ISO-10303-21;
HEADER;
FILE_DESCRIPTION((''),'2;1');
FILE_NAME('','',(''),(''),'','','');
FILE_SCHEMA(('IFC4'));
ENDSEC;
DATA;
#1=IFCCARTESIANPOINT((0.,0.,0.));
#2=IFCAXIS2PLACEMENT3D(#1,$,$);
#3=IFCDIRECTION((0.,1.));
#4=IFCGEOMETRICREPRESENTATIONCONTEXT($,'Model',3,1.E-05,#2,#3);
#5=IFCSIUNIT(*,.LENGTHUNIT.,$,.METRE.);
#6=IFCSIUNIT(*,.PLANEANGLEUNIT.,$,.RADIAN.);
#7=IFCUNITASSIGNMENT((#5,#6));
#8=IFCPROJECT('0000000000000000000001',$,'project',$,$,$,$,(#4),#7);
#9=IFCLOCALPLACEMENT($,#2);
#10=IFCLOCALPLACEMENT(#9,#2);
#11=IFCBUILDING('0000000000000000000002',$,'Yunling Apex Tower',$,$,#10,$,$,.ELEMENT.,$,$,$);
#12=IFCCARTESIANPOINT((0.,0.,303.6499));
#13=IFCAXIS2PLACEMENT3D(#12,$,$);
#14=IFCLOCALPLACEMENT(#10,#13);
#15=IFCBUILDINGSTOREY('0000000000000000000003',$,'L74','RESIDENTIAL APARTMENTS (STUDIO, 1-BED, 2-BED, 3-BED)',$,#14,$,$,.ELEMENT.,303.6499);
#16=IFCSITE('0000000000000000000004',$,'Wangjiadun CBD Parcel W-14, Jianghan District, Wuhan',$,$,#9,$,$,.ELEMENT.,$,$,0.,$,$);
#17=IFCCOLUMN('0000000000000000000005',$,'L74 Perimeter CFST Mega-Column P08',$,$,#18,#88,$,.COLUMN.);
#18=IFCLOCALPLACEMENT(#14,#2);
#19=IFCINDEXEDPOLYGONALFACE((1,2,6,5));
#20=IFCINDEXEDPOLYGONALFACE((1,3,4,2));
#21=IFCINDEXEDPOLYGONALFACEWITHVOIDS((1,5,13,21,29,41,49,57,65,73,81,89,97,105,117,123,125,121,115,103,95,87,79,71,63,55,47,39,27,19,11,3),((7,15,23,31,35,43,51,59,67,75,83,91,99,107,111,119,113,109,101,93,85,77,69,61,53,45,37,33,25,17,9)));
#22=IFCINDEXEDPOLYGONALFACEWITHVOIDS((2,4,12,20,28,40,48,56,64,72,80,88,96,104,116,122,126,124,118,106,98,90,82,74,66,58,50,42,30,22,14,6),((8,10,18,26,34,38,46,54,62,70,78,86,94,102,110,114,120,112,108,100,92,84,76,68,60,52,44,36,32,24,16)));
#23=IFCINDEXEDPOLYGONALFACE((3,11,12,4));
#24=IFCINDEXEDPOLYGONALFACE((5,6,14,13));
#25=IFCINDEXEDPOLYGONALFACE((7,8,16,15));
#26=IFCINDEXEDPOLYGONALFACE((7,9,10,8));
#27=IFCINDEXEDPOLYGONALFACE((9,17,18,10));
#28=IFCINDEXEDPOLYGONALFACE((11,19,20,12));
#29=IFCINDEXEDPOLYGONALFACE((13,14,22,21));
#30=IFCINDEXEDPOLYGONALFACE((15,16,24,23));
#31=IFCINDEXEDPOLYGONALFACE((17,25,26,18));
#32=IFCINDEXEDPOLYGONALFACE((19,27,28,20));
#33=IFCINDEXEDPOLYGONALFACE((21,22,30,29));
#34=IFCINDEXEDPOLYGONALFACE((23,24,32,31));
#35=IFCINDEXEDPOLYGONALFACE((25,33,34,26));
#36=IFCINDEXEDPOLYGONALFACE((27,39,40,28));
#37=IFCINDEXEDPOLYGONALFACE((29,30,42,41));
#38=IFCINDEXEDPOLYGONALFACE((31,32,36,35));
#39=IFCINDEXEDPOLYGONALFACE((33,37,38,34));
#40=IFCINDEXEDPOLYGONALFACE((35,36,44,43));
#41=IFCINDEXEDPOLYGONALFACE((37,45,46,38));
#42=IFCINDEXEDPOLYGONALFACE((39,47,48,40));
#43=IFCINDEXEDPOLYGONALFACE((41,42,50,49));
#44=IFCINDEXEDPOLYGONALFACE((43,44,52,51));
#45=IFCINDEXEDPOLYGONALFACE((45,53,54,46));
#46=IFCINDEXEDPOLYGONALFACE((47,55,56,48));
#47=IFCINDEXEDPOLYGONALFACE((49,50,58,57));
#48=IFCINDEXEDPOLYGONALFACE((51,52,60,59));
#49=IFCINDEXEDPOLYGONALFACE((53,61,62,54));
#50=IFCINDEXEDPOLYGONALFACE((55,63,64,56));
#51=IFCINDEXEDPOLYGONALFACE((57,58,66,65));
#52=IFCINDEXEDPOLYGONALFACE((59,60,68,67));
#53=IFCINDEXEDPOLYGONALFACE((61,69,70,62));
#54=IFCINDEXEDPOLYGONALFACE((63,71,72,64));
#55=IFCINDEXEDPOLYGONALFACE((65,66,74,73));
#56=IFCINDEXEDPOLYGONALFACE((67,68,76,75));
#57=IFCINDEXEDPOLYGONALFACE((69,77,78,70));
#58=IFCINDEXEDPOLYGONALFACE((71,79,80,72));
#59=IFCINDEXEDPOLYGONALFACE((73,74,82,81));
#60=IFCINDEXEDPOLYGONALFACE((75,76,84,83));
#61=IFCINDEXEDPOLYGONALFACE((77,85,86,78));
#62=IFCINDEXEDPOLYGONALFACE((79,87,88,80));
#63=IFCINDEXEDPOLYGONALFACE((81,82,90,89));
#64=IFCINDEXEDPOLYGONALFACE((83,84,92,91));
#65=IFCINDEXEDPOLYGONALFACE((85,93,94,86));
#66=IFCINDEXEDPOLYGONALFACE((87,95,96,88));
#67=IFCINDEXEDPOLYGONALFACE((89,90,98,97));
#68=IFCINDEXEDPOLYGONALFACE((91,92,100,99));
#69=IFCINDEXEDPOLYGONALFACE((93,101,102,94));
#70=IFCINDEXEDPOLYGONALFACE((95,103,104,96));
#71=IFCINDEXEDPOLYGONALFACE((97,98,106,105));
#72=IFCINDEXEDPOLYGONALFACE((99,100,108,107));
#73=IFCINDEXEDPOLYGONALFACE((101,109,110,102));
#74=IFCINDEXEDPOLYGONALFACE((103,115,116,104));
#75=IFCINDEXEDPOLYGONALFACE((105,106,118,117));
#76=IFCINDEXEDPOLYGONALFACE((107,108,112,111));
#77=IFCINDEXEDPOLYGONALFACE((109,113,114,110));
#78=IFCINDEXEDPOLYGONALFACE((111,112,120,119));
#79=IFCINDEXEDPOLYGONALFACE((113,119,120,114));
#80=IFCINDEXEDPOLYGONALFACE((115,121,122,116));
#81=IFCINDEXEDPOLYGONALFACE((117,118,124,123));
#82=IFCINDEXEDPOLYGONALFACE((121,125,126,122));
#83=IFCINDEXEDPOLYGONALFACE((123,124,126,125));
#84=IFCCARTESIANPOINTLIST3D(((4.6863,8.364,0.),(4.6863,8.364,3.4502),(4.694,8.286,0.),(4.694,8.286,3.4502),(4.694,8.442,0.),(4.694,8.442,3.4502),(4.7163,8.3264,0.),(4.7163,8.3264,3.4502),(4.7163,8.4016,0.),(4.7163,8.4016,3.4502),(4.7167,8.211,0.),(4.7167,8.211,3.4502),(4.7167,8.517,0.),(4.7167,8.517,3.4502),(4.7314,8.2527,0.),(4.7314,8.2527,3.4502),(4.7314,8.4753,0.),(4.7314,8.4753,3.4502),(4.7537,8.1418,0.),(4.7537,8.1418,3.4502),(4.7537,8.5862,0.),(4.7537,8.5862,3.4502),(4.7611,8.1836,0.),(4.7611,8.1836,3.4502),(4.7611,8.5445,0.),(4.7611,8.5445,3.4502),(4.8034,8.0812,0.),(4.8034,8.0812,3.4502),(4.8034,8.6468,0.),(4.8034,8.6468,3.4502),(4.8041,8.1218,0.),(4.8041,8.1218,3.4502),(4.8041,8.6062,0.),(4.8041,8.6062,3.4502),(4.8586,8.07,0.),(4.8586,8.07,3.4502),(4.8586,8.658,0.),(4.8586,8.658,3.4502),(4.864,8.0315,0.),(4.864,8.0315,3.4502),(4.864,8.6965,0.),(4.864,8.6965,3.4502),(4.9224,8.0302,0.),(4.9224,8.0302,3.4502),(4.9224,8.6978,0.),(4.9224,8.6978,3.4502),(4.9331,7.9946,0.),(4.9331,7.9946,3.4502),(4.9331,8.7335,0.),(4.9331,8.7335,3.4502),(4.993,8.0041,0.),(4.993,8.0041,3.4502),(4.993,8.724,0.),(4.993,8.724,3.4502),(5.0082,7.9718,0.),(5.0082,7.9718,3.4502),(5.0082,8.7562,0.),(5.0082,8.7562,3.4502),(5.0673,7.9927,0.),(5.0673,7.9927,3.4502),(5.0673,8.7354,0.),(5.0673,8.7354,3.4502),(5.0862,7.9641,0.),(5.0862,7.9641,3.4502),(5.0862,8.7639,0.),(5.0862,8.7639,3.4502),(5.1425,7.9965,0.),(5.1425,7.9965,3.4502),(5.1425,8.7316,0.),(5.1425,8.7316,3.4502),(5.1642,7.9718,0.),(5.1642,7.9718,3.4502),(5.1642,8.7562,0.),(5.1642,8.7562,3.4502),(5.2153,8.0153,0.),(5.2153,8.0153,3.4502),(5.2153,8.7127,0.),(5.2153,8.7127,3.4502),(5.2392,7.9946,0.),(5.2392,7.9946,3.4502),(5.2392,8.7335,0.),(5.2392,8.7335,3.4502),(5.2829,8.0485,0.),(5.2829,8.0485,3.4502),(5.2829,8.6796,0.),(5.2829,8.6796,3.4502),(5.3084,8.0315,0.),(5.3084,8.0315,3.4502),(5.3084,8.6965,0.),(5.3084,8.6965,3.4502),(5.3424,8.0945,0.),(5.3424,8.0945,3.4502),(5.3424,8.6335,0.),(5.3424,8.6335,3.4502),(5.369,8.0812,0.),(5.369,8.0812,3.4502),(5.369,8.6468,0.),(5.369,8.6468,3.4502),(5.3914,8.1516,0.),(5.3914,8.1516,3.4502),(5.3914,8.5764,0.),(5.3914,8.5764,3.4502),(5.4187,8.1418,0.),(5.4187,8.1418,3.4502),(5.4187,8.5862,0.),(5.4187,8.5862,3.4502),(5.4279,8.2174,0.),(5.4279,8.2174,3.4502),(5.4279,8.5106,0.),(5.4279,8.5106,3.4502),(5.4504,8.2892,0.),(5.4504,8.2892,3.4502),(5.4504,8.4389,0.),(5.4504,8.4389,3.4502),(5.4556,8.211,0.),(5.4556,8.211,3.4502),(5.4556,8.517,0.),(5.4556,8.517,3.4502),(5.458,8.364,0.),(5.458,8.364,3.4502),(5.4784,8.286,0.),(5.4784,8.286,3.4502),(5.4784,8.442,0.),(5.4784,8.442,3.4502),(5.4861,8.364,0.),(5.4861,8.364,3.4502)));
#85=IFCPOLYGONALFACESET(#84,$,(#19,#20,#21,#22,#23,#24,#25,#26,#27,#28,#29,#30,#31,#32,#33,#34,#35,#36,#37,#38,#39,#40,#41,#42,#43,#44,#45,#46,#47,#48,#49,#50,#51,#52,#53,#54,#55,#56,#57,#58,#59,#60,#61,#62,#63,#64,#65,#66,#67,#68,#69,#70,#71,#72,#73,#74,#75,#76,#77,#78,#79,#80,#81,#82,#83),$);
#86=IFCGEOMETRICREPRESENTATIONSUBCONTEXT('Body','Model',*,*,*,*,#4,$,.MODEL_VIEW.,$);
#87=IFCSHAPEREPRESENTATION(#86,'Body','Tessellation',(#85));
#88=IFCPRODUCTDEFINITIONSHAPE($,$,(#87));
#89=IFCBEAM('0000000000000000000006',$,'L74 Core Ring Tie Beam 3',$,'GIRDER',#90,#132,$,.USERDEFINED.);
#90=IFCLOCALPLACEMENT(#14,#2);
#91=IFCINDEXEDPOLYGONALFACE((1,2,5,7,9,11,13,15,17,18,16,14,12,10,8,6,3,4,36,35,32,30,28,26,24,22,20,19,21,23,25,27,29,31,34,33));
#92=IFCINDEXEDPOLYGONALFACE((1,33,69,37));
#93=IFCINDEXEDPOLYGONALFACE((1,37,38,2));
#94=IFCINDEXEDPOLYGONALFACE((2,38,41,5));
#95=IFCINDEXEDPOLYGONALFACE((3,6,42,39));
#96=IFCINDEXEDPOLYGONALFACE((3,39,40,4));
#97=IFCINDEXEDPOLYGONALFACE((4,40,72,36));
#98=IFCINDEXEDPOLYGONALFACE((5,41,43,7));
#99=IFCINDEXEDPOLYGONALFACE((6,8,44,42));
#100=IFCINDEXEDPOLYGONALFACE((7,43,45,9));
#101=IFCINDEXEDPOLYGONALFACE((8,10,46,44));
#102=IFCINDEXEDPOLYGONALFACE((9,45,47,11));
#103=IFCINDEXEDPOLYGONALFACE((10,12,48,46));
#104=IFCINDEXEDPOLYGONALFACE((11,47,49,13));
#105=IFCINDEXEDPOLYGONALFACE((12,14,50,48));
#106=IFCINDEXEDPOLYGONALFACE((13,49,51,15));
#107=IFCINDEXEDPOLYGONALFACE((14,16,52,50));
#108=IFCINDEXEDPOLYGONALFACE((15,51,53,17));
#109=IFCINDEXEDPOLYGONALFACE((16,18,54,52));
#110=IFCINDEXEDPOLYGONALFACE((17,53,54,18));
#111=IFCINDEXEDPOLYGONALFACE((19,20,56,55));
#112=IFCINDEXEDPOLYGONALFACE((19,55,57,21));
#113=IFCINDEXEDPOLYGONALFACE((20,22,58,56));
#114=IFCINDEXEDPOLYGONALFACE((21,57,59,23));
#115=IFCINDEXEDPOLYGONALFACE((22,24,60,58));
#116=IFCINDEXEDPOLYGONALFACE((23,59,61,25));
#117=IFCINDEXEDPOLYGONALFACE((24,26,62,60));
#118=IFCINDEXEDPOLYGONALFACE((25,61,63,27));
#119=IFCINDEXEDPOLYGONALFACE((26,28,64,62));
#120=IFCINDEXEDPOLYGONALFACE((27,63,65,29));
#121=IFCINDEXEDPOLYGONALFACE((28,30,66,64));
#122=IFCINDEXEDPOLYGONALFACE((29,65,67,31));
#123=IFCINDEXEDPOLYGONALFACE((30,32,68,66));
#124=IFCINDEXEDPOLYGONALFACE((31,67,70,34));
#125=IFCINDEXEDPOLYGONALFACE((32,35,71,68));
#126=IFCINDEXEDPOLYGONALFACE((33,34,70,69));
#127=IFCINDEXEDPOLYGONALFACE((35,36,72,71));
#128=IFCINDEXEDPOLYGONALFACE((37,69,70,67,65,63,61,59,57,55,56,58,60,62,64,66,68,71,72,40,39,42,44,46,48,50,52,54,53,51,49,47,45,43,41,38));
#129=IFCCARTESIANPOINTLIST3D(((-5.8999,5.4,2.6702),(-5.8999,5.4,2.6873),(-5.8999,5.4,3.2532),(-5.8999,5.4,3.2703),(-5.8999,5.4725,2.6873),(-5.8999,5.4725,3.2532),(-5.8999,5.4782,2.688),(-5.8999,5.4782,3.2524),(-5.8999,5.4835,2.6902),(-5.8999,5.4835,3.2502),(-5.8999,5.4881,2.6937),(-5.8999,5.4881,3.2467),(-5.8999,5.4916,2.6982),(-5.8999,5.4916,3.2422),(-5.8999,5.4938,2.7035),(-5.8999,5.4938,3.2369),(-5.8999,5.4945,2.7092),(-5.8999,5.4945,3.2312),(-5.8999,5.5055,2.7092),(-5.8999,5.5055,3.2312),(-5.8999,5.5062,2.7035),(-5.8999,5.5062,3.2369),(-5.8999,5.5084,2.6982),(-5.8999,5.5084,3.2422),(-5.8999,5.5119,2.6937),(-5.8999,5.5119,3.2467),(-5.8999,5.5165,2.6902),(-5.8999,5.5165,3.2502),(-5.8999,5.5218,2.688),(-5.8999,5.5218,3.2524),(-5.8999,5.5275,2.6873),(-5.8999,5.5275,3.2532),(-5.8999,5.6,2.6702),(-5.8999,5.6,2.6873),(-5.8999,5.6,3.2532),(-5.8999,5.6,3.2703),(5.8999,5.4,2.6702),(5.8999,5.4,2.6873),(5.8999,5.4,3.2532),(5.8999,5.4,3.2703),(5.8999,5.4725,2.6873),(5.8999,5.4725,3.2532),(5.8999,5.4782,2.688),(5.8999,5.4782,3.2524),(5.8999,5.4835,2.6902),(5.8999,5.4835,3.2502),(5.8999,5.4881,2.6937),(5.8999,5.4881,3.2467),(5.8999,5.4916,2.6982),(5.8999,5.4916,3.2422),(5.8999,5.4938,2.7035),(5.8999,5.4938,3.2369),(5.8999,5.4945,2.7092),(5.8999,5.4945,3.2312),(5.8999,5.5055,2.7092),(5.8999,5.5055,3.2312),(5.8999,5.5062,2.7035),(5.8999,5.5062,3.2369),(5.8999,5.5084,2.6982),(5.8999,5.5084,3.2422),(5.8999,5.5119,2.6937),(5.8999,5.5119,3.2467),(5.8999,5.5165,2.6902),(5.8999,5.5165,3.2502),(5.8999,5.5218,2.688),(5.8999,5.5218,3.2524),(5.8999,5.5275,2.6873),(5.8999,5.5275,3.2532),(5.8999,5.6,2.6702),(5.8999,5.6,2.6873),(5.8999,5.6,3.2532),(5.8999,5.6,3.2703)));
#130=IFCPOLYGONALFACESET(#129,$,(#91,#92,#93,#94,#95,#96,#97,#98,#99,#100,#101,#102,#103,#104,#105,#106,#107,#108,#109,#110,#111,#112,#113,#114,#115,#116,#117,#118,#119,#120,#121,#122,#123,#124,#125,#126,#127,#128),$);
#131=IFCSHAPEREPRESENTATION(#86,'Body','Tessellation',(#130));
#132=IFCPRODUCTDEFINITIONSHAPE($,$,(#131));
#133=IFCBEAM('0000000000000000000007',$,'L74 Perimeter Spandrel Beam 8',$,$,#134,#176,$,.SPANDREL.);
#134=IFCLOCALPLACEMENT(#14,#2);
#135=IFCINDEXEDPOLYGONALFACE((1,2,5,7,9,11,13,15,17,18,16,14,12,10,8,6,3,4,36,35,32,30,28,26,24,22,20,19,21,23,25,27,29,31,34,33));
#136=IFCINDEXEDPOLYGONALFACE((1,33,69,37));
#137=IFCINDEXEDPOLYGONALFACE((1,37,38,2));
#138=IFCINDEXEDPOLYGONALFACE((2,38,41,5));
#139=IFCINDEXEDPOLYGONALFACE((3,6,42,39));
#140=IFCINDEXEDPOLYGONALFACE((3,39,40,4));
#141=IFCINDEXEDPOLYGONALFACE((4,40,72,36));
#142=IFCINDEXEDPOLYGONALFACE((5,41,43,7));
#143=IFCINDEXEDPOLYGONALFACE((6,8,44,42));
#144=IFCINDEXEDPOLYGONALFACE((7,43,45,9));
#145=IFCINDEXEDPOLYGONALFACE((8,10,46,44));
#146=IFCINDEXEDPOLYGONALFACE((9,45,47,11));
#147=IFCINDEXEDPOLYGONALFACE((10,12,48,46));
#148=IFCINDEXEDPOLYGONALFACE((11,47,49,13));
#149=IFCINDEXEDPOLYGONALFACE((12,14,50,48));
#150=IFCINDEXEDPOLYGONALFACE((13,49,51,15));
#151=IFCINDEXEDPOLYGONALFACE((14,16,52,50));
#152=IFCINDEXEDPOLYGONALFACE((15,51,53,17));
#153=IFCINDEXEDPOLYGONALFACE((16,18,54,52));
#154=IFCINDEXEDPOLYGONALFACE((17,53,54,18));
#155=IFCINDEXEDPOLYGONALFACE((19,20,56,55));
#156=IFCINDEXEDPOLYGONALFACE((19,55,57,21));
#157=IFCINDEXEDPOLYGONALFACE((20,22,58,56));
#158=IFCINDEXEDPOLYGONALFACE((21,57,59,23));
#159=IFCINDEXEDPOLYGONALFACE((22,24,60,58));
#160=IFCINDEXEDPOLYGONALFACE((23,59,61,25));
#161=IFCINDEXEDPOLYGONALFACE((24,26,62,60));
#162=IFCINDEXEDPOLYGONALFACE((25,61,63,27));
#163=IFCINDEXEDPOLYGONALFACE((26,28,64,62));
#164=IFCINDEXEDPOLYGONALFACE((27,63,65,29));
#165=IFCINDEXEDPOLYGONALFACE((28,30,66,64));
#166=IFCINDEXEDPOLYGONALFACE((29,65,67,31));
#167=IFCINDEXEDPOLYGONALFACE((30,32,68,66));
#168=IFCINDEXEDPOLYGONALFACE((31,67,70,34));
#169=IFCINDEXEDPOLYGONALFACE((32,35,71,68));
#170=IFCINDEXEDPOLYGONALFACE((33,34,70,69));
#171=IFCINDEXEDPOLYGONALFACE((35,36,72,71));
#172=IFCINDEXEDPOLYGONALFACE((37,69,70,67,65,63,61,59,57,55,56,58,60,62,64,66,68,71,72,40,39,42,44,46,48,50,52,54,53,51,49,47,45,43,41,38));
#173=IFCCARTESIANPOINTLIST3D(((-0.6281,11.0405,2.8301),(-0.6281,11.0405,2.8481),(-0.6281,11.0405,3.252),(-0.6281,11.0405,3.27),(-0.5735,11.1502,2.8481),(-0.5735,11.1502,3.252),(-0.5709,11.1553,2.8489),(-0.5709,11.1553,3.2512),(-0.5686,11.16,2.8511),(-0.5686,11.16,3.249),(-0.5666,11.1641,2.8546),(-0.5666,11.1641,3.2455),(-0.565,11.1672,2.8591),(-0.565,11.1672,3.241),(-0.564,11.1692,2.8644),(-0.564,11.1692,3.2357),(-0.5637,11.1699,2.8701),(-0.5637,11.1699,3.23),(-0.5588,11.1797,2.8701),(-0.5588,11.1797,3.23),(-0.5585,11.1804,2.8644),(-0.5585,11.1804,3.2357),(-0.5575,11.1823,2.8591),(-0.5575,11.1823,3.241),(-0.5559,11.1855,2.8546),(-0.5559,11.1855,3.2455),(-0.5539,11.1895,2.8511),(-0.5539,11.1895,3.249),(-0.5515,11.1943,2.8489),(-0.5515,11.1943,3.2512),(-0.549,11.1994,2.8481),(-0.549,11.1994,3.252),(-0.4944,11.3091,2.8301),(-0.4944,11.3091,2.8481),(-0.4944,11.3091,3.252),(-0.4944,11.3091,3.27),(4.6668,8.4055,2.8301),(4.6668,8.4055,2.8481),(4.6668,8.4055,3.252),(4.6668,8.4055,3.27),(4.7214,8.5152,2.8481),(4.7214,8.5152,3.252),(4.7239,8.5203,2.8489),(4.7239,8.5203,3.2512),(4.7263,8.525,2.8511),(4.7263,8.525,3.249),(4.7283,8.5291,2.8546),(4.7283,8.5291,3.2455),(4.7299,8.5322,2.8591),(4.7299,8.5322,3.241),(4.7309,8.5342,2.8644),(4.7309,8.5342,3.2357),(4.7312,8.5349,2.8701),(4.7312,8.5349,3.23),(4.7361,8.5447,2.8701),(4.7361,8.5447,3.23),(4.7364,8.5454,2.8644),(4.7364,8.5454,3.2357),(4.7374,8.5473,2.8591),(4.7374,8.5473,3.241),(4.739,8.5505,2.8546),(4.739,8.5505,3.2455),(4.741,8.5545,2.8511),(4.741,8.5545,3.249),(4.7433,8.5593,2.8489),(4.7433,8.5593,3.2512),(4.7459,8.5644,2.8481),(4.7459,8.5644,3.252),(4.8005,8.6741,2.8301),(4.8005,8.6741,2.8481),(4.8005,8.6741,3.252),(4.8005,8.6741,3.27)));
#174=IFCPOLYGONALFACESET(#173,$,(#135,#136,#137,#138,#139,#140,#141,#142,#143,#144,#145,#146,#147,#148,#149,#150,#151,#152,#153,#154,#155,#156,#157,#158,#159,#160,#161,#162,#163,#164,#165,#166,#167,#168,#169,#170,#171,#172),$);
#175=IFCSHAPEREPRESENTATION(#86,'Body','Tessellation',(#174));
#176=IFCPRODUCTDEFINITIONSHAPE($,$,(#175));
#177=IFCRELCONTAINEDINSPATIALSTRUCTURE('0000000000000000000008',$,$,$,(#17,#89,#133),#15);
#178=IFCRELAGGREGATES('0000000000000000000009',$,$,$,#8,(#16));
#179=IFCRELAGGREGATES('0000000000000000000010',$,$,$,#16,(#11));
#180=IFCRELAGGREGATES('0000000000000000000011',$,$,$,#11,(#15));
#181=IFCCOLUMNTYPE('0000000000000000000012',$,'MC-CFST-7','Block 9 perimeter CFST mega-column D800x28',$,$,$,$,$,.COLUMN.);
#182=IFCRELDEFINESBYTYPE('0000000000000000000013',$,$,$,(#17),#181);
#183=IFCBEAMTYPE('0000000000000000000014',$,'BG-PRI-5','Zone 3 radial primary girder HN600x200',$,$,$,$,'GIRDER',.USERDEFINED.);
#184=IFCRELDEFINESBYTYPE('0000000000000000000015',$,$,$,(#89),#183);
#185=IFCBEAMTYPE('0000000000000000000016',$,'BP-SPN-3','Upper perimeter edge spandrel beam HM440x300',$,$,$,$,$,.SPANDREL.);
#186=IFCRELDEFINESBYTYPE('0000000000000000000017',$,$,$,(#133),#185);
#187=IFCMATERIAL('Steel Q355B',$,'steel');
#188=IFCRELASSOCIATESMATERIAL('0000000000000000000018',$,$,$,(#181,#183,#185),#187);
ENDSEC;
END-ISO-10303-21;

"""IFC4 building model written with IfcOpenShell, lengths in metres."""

from ifc_helpers import new_model, si_unit, direction, frame, origin, origin_2d, place, context, subcontext, project, spatial, hollow_circle, i_section, extrude, source, transform, mapped, material, material_profile, profile_set, type_object, element, save


model = new_model("IFC4")

# Units and contexts
model_context = context("Model", 3, precision=1e-05, world=origin(), true_north=direction((0.0, 1.0)))
body_context = subcontext(model_context, "Body", "Model", "MODEL_VIEW")
ifc_project = project(units=[si_unit("LENGTHUNIT", "METRE"), si_unit("PLANEANGLEUNIT", "RADIAN")], contexts=[model_context])

# Site, building, storey
site_placement = place(None, origin())
site = spatial("IfcSite", under=ifc_project, at=site_placement, Name="Wangjiadun CBD Parcel W-14, Jianghan District, Wuhan", CompositionType="ELEMENT", RefElevation=0.0)
building_placement = place(site_placement, origin())
building = spatial("IfcBuilding", under=site, at=building_placement, Name="Yunling Apex Tower", CompositionType="ELEMENT")
storey_placement = place(building_placement, frame((0.0, 0.0, 303.6499)))
storey = spatial("IfcBuildingStorey", under=building, at=storey_placement, Name="L74", Description="RESIDENTIAL APARTMENTS (STUDIO, 1-BED, 2-BED, 3-BED)", CompositionType="ELEMENT", Elevation=303.6499)

# Column
ifc_material_1 = material(Name="Steel Q355B", Category="steel")
ifc_material_profile_1 = material_profile(ifc_material_1, hollow_circle(Radius=0.3999, WallThickness=0.0281, at=origin_2d()))
ifc_profile_set_1 = profile_set([ifc_material_profile_1], Name="Steel Q355B")
column_type_1 = type_object("IfcColumnType", Name="MC-CFST-7", Description="Block 9 perimeter CFST mega-column D800x28", PredefinedType="COLUMN", material=ifc_profile_set_1)
shared_shape_1 = source(origin(), body_context, "Body", "SweptSolid", [
    extrude(hollow_circle(Radius=0.3999, WallThickness=0.0281, at=origin_2d()), origin(), (0.0, 0.0, 1.0), 3.4502),
])
for number, where, z_axis, x_axis, name in (
    (1, (5.0862, 8.364, 0.0), (0.0, 0.0, 1.0), (1.0, 0.0, 0.0), "L74 Perimeter CFST Mega-Column P08"),
):
    element("IfcColumn", number, at=place(storey_placement, frame(where, z_axis=z_axis, x_axis=x_axis)), inside=storey, type_object=column_type_1, Name=name, PredefinedType="COLUMN", context=body_context, shape_type="MappedRepresentation", body=[
        mapped(shared_shape_1, transform((0.0, 0.0, 0.0), scale=1.0)),
    ])

# Beams
ifc_material_profile_2 = material_profile(ifc_material_1, i_section(OverallWidth=0.2, OverallDepth=0.6001, WebThickness=0.011, FlangeThickness=0.0171, FilletRadius=0.022, at=origin_2d()))
ifc_profile_set_2 = profile_set([ifc_material_profile_2], Name="Steel Q355B")
beam_type_1 = type_object("IfcBeamType", Name="BG-PRI-5", Description="Zone 3 radial primary girder HN600x200", ElementType="GIRDER", PredefinedType="USERDEFINED", material=ifc_profile_set_2)
shared_shape_2 = source(origin(), body_context, "Body", "SweptSolid", [
    extrude(i_section(OverallWidth=0.2, OverallDepth=0.6001, WebThickness=0.011, FlangeThickness=0.0171, FilletRadius=0.022, at=origin_2d()), origin(), (0.0, 0.0, 1.0), 11.7998),
])
beam_1_placement = place(storey_placement, frame((5.8999, 5.5, 2.9702), z_axis=(-1.0, 0.0, 0.0), x_axis=(0.0, -1.0, 0.0)))
element("IfcBeam", 2, at=beam_1_placement, inside=storey, type_object=beam_type_1, Name="L74 Core Ring Tie Beam 3", ObjectType="GIRDER", PredefinedType="USERDEFINED", context=body_context, shape_type="MappedRepresentation", body=[
    mapped(shared_shape_2, transform((0.0, 0.0, 0.0), scale=1.0)),
])
ifc_material_profile_3 = material_profile(ifc_material_1, i_section(OverallWidth=0.3, OverallDepth=0.4399, WebThickness=0.011, FlangeThickness=0.0181, FilletRadius=0.022, at=origin_2d()))
ifc_profile_set_3 = profile_set([ifc_material_profile_3], Name="Steel Q355B")
beam_type_2 = type_object("IfcBeamType", Name="BP-SPN-3", Description="Upper perimeter edge spandrel beam HM440x300", PredefinedType="SPANDREL", material=ifc_profile_set_3)
shared_shape_3 = source(origin(), body_context, "Body", "SweptSolid", [
    extrude(i_section(OverallWidth=0.3, OverallDepth=0.4399, WebThickness=0.011, FlangeThickness=0.0181, FilletRadius=0.022, at=origin_2d()), origin(), (0.0, 0.0, 1.0), 5.9143),
])
beam_2_placement = place(storey_placement, frame((4.7336, 8.5398, 3.05), z_axis=(-0.895268, 0.445529, 0.0), x_axis=(-0.445529, -0.895268, 0.0)))
element("IfcBeam", 3, at=beam_2_placement, inside=storey, type_object=beam_type_2, Name="L74 Perimeter Spandrel Beam 8", PredefinedType="SPANDREL", context=body_context, shape_type="MappedRepresentation", body=[
    mapped(shared_shape_3, transform((0.0, 0.0, 0.0), scale=1.0)),
])

save(model, "model.ifc")
